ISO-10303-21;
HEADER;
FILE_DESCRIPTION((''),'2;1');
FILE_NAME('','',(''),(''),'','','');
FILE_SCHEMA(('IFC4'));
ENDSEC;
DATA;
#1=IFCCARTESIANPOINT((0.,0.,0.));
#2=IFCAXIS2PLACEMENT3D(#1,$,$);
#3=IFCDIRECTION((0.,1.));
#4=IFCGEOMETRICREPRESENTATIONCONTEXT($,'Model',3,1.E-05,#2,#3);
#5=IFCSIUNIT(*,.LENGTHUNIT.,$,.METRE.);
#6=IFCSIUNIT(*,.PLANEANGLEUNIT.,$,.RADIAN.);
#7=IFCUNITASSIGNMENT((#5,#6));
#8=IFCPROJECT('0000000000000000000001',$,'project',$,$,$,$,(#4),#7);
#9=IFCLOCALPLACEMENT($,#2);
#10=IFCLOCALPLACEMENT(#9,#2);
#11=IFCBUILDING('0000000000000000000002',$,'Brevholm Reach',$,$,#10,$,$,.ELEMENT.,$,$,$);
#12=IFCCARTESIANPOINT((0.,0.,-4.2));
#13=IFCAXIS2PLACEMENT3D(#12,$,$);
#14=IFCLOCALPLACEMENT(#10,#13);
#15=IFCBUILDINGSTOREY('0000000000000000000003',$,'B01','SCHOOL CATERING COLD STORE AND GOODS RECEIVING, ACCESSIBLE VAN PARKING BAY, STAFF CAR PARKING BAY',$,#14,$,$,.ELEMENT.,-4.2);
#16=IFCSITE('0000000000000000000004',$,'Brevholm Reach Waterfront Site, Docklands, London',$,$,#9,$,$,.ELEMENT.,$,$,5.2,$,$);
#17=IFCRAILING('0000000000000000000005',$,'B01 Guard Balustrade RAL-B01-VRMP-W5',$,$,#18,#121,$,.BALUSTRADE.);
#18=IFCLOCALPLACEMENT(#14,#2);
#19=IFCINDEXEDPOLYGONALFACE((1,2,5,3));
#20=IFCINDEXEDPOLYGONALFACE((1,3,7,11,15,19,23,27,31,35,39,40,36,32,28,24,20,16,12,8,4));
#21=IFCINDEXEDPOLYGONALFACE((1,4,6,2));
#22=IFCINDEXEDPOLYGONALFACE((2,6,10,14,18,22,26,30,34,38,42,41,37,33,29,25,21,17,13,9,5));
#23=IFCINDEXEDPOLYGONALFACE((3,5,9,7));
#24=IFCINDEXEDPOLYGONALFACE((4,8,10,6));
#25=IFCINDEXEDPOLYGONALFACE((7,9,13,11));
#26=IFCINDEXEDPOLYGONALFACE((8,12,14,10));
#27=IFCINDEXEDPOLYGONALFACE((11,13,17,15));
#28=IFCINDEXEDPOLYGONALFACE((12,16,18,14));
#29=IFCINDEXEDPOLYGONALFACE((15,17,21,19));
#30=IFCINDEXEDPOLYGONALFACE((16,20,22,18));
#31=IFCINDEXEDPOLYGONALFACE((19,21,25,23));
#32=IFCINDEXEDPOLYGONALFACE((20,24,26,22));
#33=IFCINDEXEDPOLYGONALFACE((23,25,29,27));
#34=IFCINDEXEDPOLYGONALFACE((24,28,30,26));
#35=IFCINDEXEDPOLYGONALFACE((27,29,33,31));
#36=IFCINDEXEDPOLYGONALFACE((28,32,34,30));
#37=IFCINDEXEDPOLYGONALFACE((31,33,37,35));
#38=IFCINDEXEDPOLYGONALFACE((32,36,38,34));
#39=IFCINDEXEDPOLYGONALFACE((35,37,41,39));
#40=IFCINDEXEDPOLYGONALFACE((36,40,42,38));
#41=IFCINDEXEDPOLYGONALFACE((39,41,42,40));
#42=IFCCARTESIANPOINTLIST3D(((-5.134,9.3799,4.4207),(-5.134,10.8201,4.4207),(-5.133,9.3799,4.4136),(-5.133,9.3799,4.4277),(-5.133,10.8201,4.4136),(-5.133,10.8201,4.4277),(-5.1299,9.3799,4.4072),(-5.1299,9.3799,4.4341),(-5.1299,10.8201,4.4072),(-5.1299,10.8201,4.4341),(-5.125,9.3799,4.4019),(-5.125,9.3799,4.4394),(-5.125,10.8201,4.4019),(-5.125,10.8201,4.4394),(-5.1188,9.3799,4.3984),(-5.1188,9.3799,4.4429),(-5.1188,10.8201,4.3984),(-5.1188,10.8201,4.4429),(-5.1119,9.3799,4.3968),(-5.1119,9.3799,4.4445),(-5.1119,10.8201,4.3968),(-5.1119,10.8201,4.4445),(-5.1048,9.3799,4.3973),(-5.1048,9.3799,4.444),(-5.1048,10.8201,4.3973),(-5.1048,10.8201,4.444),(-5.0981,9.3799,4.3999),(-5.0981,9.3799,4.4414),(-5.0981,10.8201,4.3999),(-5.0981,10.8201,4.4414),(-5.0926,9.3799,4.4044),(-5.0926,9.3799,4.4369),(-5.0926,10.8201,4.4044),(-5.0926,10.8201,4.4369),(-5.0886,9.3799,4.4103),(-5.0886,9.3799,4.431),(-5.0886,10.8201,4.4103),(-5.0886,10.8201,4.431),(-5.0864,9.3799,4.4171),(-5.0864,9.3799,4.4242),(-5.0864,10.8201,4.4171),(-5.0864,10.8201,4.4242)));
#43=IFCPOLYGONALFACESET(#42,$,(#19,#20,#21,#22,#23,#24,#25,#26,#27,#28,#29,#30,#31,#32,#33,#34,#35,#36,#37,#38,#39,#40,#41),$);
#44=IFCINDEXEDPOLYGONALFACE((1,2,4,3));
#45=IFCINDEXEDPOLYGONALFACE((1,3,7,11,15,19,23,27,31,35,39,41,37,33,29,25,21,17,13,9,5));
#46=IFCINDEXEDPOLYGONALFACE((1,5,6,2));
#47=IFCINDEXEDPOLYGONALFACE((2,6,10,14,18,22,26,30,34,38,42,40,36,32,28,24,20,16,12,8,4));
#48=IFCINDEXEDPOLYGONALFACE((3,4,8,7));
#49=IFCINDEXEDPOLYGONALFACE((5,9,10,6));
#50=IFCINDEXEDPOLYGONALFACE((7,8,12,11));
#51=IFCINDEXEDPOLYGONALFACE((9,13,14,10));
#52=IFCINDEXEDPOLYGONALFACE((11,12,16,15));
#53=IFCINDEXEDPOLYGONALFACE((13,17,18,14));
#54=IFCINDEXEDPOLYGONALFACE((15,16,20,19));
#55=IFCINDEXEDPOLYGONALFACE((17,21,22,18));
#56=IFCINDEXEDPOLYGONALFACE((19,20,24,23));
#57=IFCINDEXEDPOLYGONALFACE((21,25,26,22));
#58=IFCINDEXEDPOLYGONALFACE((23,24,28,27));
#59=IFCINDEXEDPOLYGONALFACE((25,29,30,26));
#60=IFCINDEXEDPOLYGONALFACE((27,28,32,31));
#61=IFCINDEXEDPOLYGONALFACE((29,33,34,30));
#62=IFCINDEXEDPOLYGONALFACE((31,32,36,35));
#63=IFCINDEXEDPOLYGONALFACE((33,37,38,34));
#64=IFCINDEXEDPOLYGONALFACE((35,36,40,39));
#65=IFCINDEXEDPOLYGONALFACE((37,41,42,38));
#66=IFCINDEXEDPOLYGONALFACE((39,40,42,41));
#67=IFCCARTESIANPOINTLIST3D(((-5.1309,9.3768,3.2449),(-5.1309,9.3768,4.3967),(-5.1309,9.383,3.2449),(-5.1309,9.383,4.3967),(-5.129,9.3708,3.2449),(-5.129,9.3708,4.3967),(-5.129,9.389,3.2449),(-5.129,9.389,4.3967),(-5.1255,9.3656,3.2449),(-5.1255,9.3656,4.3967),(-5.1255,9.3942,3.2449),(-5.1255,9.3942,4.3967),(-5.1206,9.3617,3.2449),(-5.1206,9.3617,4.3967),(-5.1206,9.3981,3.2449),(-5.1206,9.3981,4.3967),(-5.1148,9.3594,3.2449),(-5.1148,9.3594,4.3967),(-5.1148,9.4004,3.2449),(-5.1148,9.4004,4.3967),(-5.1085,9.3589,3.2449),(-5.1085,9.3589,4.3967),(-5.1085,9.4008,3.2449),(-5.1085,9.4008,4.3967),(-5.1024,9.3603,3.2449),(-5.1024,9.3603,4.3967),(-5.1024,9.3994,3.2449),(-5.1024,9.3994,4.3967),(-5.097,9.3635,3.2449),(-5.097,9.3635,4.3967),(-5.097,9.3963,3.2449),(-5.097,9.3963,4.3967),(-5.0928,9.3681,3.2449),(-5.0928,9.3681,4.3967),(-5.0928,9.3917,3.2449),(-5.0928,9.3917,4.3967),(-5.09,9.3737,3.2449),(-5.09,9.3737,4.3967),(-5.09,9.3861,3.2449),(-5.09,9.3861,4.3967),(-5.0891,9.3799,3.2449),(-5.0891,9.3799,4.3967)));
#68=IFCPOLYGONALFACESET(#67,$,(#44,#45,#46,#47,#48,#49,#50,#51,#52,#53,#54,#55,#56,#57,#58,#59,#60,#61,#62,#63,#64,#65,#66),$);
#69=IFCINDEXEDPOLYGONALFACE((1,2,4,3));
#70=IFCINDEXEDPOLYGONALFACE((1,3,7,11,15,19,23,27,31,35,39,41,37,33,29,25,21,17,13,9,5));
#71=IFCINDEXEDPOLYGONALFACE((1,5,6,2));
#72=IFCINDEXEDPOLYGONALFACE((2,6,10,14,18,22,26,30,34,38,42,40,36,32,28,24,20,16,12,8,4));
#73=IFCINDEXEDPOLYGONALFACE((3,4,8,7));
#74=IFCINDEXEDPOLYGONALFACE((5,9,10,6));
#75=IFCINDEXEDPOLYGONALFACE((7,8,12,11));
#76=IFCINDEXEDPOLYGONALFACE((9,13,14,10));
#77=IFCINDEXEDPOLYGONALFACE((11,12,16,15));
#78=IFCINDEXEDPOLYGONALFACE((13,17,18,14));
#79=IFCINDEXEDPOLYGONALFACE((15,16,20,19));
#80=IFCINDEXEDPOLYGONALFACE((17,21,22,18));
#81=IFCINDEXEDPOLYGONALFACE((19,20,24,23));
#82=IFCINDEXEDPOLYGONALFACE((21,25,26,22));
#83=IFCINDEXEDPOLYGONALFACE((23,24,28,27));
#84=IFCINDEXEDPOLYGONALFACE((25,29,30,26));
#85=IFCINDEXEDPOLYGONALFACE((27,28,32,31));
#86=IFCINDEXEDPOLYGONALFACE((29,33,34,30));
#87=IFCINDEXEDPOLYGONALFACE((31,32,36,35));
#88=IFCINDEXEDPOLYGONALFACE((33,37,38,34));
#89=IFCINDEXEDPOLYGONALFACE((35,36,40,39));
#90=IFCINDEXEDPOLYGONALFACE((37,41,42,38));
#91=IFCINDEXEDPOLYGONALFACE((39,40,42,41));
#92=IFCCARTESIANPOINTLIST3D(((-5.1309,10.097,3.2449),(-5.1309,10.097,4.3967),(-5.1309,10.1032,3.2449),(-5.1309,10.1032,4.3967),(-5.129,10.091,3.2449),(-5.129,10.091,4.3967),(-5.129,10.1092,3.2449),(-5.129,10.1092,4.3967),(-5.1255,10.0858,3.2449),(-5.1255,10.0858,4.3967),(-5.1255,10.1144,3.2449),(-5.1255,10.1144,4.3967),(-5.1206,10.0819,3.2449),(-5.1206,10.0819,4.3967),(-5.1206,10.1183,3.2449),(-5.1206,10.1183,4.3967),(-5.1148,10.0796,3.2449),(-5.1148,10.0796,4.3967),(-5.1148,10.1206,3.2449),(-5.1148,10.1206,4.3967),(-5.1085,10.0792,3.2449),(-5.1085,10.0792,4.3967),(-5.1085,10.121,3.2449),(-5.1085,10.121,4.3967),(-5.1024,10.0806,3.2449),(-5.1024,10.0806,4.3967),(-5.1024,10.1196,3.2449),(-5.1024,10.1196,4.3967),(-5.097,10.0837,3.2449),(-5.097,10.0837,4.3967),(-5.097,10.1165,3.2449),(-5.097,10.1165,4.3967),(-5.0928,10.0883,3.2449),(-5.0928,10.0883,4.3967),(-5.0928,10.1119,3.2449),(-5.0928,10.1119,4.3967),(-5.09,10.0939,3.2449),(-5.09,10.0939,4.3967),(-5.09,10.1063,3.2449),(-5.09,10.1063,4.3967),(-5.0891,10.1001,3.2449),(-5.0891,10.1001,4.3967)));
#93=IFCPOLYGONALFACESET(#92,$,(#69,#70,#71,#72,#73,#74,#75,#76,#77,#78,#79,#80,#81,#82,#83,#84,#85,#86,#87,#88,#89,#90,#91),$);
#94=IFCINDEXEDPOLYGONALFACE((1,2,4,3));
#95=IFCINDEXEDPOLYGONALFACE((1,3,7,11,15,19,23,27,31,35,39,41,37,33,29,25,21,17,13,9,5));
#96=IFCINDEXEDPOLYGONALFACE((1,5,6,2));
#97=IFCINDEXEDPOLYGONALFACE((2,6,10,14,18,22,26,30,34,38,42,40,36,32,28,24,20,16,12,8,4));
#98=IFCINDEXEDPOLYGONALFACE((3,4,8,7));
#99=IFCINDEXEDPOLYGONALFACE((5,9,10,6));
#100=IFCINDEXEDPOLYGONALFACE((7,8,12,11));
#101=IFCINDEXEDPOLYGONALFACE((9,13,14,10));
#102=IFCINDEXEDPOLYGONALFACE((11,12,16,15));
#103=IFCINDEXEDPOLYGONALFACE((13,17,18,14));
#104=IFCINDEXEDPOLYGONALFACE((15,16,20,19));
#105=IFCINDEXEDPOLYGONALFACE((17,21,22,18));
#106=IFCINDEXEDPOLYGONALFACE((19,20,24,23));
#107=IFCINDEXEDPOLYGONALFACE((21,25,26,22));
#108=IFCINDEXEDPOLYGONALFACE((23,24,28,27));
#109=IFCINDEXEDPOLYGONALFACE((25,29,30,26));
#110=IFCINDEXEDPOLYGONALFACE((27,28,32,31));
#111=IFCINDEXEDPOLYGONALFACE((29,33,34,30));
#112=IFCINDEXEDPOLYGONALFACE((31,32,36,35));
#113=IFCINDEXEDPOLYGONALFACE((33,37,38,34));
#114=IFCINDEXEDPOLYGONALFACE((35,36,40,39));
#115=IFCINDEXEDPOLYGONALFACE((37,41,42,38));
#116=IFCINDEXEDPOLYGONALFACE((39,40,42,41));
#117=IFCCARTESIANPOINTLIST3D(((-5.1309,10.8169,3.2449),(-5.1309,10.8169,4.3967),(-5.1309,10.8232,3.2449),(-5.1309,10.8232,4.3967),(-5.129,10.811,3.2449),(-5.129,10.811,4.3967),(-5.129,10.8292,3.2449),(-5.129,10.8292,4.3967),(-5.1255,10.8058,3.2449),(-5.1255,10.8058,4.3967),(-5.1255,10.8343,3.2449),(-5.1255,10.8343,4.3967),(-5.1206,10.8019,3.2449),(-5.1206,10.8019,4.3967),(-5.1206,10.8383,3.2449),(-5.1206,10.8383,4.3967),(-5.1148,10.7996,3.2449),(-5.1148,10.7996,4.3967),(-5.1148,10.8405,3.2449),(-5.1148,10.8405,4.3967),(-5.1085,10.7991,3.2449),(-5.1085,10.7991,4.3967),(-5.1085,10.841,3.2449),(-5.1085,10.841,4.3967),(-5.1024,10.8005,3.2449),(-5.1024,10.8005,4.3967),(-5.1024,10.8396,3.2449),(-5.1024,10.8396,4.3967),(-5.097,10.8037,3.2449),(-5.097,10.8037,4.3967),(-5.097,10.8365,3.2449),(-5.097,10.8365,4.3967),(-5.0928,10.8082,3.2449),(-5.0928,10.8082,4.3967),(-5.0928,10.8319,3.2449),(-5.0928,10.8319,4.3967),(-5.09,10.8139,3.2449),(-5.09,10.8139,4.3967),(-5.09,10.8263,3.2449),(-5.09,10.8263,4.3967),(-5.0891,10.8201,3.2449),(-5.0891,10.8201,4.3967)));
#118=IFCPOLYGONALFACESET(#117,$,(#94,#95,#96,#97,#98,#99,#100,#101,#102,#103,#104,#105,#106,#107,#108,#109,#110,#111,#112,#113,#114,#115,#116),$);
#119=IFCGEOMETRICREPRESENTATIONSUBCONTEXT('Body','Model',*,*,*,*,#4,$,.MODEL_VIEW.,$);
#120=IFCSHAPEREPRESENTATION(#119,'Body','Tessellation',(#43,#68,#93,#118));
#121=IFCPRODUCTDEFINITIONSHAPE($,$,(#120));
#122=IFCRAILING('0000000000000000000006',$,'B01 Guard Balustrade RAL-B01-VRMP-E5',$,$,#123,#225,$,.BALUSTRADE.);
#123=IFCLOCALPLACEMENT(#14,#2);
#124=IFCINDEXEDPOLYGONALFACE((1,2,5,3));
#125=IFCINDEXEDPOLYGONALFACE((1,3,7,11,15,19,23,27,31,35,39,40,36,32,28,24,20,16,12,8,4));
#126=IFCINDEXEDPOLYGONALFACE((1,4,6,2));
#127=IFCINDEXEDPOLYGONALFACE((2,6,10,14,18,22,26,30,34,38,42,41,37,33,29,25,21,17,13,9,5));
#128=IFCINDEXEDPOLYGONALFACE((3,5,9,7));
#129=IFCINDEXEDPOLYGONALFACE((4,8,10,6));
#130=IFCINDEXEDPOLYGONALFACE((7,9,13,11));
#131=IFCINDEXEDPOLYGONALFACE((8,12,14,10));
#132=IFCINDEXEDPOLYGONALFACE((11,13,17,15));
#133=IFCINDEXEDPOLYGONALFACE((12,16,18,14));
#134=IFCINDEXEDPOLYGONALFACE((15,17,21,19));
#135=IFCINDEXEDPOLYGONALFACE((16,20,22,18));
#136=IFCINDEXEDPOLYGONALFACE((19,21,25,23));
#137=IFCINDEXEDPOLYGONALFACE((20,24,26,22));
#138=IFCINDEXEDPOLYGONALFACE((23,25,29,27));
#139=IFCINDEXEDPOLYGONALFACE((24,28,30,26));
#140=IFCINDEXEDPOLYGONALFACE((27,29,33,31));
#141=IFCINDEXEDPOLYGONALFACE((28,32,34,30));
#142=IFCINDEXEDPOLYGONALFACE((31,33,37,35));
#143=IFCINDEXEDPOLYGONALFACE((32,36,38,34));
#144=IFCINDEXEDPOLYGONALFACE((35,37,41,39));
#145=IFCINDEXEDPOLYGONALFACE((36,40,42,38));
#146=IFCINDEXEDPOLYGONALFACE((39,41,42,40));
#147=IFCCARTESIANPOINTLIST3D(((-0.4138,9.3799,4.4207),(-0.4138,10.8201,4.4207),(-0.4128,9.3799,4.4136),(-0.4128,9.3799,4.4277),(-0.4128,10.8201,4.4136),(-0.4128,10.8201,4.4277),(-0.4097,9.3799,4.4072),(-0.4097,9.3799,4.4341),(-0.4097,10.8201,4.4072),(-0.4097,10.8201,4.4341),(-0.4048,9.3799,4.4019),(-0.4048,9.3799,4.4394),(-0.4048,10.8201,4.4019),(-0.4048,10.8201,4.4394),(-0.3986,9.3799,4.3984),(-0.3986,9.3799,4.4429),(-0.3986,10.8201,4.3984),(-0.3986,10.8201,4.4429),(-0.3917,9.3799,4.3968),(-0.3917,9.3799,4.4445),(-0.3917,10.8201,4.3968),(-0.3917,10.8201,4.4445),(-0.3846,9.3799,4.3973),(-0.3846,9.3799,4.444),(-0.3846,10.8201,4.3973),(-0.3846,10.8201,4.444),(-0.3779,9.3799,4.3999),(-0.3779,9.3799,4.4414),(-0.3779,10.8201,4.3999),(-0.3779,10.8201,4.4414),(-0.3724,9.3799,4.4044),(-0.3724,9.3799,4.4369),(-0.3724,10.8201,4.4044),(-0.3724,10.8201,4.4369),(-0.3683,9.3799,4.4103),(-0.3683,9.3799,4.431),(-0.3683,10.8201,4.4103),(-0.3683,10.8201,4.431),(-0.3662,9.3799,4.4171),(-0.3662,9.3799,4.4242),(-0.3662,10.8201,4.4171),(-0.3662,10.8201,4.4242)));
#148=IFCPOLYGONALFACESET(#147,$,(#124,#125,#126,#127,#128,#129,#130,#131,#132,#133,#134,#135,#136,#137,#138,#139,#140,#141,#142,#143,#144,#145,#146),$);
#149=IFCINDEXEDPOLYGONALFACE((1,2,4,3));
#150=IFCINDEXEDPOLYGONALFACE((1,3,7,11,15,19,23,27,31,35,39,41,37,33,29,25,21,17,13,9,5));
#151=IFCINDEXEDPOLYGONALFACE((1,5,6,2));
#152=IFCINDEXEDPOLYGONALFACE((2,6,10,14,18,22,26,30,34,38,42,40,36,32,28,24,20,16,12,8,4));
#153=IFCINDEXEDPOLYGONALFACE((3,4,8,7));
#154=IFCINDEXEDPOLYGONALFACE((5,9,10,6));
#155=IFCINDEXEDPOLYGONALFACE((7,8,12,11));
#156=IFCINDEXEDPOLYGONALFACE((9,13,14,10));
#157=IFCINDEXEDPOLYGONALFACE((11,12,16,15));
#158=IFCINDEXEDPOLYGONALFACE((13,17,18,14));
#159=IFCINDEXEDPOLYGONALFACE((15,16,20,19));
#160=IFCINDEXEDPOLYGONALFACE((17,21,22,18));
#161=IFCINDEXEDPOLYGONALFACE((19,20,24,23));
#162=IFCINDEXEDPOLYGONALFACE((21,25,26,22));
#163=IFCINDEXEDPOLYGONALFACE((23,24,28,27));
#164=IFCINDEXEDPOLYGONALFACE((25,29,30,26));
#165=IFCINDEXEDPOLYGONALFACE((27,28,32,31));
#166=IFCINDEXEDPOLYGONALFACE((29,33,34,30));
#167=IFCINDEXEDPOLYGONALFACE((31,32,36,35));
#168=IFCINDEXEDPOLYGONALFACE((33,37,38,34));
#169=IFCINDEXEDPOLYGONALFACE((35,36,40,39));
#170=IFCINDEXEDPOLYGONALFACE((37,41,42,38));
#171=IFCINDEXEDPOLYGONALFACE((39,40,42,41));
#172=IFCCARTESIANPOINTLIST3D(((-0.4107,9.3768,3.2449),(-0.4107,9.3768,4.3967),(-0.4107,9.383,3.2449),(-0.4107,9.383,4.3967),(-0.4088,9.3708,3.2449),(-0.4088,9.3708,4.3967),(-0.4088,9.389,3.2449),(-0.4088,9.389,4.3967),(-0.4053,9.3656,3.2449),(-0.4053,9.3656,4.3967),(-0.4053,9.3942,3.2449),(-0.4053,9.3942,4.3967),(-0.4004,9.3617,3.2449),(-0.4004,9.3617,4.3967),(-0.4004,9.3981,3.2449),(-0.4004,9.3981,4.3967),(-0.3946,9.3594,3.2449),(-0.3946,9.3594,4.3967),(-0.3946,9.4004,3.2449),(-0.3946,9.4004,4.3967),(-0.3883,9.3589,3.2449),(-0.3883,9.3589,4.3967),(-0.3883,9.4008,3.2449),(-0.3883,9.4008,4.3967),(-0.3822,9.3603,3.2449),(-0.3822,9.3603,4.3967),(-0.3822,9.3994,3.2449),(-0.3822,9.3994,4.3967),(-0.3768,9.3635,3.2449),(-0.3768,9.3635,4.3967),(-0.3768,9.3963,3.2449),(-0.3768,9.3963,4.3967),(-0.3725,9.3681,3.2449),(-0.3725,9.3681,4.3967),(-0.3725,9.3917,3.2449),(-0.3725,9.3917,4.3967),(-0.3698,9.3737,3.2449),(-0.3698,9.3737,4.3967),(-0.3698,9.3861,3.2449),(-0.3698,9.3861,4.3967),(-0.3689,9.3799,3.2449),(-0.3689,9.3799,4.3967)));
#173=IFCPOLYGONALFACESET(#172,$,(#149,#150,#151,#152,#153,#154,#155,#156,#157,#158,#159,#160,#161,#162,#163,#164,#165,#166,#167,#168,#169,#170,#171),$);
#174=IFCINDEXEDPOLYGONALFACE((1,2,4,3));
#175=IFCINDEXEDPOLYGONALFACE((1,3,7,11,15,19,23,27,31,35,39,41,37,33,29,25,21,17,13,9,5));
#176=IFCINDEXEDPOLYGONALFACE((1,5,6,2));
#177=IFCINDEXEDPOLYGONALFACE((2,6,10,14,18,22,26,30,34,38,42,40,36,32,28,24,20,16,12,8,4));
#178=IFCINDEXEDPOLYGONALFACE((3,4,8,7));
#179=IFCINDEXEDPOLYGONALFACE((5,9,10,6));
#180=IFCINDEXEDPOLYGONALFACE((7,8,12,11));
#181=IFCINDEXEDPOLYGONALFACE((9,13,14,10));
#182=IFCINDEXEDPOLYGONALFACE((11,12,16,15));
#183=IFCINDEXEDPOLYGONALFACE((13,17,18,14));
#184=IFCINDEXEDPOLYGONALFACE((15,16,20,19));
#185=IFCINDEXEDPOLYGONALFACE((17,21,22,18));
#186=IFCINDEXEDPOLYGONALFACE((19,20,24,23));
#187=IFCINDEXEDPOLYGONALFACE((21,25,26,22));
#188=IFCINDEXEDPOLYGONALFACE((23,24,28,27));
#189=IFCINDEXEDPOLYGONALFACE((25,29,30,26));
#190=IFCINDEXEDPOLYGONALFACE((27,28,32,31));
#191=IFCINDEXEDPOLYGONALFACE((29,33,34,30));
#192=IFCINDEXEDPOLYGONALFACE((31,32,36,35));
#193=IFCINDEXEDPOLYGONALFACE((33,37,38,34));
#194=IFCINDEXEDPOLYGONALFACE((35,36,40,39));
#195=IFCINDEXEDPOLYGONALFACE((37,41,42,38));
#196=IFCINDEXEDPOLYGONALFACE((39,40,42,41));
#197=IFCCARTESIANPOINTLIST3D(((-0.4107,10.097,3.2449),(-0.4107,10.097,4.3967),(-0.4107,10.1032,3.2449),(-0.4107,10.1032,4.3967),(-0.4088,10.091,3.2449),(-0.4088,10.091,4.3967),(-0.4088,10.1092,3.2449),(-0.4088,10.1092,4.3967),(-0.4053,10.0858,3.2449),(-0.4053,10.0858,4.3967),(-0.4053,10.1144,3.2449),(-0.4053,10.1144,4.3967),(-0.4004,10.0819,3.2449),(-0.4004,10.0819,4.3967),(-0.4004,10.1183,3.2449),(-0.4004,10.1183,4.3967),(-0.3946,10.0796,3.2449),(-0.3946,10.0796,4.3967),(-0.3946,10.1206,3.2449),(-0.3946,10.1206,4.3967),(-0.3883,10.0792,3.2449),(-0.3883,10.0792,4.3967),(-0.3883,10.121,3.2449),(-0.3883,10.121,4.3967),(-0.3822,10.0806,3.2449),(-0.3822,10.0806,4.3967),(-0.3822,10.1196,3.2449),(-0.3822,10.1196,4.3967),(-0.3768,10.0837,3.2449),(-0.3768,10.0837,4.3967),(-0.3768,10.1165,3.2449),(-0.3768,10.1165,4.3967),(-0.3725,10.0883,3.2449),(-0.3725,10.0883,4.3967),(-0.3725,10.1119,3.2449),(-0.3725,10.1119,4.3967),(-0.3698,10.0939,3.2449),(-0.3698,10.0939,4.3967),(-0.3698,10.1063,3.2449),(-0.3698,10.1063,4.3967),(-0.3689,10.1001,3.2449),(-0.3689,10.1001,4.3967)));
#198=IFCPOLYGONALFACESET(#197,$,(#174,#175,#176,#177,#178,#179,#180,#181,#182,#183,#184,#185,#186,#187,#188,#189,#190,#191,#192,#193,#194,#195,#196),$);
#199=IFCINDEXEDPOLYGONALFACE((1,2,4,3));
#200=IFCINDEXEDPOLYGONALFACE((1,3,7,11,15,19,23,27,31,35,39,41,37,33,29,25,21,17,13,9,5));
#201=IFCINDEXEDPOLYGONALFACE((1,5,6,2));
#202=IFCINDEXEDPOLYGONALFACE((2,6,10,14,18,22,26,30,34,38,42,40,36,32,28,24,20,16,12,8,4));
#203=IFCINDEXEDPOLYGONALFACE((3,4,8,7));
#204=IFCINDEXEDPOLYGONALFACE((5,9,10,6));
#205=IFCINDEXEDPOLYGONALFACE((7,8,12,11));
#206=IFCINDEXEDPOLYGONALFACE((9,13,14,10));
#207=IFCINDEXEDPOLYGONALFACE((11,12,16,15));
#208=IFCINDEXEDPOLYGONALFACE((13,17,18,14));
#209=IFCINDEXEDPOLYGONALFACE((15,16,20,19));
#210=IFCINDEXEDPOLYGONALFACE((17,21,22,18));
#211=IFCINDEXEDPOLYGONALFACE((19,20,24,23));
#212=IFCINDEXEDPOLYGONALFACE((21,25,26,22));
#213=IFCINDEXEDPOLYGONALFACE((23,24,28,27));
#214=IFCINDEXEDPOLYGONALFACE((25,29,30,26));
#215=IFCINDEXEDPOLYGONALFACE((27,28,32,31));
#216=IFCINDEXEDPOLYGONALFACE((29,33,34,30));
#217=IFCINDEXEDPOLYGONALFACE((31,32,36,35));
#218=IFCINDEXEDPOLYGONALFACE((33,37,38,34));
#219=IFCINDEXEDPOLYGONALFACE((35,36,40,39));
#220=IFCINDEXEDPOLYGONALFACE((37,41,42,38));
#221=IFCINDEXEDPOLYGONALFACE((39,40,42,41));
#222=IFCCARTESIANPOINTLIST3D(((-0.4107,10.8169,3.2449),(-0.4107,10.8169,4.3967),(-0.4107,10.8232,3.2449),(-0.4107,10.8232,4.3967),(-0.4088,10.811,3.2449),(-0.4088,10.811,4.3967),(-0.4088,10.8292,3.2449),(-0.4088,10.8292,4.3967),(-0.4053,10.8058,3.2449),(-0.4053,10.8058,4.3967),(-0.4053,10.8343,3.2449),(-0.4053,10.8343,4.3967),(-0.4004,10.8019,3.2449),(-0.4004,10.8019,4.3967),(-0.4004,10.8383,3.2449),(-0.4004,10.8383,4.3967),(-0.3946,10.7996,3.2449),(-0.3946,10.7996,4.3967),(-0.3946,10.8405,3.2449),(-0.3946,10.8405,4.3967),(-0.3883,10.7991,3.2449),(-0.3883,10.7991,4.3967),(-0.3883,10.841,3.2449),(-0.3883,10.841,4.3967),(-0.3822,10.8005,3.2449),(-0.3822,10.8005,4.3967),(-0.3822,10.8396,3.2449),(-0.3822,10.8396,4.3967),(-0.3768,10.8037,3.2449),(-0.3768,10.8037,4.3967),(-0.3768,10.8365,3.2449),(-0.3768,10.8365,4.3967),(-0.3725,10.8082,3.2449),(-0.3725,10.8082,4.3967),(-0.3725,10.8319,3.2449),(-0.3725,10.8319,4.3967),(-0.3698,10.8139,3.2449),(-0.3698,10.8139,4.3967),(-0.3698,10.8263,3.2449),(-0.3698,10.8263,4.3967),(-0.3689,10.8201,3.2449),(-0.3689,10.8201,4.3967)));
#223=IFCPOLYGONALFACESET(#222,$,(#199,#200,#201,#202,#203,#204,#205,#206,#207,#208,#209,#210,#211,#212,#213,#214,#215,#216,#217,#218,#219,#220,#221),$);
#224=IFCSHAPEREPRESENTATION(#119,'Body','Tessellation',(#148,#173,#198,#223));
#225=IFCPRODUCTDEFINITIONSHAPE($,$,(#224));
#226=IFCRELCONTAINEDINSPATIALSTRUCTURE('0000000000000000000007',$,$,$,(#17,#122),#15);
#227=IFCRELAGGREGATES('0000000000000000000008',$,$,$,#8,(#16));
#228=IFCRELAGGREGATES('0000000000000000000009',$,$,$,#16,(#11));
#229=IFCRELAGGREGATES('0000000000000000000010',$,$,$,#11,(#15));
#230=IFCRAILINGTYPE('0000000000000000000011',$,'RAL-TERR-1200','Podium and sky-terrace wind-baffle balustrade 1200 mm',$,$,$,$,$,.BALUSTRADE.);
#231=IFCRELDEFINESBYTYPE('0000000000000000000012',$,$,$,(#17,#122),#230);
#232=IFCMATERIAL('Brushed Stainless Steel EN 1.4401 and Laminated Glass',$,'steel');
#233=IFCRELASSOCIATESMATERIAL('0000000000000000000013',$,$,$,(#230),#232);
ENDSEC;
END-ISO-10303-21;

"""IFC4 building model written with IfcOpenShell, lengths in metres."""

from ifc_helpers import new_model, si_unit, direction, frame, origin, origin_2d, place, context, subcontext, project, spatial, circle, extrude, material, type_object, element, save


model = new_model("IFC4")

# Units and contexts
model_context = context("Model", 3, precision=1e-05, world=origin(), true_north=direction((0.0, 1.0)))
body_context = subcontext(model_context, "Body", "Model", "MODEL_VIEW")
ifc_project = project(units=[si_unit("LENGTHUNIT", "METRE"), si_unit("PLANEANGLEUNIT", "RADIAN")], contexts=[model_context])

# Site, building, storey
site_placement = place(None, origin())
site = spatial("IfcSite", under=ifc_project, at=site_placement, Name="Brevholm Reach Waterfront Site, Docklands, London", CompositionType="ELEMENT", RefElevation=5.2)
building_placement = place(site_placement, origin())
building = spatial("IfcBuilding", under=site, at=building_placement, Name="Brevholm Reach", CompositionType="ELEMENT")
storey_placement = place(building_placement, frame((0.0, 0.0, -4.2)))
storey = spatial("IfcBuildingStorey", under=building, at=storey_placement, Name="B01", Description="SCHOOL CATERING COLD STORE AND GOODS RECEIVING, ACCESSIBLE VAN PARKING BAY, STAFF CAR PARKING BAY", CompositionType="ELEMENT", Elevation=-4.2)

# Railings
ifc_material_1 = material(Name="Brushed Stainless Steel EN 1.4401 and Laminated Glass", Category="steel")
railing_type_1 = type_object("IfcRailingType", Name="RAL-TERR-1200", Description="Podium and sky-terrace wind-baffle balustrade 1200 mm", PredefinedType="BALUSTRADE", material=ifc_material_1)
for number, where, name in (
    (1, (-5.1101, 9.3799, 3.2449), "B01 Guard Balustrade RAL-B01-VRMP-W5"),
    (2, (-0.3899, 9.3799, 3.2449), "B01 Guard Balustrade RAL-B01-VRMP-E5"),
):
    element("IfcRailing", number, at=place(storey_placement, frame(where)), inside=storey, type_object=railing_type_1, Name=name, PredefinedType="BALUSTRADE", context=body_context, shape_type="SweptSolid", body=[
        extrude(circle(Radius=0.0239, at=origin_2d()), frame((0.0, 0.0, 1.1758), z_axis=(0.0, 1.0, 0.0), x_axis=(-1.0, 0.0, 0.0)), (0.0, 0.0, 1.0), 1.4402),
        extrude(circle(Radius=0.021, at=origin_2d()), origin(), (0.0, 0.0, 1.0), 1.1519),
        extrude(circle(Radius=0.021, at=origin_2d()), frame((0.0, 0.7202, 0.0)), (0.0, 0.0, 1.0), 1.1519),
        extrude(circle(Radius=0.021, at=origin_2d()), frame((0.0, 1.4402, 0.0)), (0.0, 0.0, 1.0), 1.1519),
    ])

save(model, "model.ifc")
